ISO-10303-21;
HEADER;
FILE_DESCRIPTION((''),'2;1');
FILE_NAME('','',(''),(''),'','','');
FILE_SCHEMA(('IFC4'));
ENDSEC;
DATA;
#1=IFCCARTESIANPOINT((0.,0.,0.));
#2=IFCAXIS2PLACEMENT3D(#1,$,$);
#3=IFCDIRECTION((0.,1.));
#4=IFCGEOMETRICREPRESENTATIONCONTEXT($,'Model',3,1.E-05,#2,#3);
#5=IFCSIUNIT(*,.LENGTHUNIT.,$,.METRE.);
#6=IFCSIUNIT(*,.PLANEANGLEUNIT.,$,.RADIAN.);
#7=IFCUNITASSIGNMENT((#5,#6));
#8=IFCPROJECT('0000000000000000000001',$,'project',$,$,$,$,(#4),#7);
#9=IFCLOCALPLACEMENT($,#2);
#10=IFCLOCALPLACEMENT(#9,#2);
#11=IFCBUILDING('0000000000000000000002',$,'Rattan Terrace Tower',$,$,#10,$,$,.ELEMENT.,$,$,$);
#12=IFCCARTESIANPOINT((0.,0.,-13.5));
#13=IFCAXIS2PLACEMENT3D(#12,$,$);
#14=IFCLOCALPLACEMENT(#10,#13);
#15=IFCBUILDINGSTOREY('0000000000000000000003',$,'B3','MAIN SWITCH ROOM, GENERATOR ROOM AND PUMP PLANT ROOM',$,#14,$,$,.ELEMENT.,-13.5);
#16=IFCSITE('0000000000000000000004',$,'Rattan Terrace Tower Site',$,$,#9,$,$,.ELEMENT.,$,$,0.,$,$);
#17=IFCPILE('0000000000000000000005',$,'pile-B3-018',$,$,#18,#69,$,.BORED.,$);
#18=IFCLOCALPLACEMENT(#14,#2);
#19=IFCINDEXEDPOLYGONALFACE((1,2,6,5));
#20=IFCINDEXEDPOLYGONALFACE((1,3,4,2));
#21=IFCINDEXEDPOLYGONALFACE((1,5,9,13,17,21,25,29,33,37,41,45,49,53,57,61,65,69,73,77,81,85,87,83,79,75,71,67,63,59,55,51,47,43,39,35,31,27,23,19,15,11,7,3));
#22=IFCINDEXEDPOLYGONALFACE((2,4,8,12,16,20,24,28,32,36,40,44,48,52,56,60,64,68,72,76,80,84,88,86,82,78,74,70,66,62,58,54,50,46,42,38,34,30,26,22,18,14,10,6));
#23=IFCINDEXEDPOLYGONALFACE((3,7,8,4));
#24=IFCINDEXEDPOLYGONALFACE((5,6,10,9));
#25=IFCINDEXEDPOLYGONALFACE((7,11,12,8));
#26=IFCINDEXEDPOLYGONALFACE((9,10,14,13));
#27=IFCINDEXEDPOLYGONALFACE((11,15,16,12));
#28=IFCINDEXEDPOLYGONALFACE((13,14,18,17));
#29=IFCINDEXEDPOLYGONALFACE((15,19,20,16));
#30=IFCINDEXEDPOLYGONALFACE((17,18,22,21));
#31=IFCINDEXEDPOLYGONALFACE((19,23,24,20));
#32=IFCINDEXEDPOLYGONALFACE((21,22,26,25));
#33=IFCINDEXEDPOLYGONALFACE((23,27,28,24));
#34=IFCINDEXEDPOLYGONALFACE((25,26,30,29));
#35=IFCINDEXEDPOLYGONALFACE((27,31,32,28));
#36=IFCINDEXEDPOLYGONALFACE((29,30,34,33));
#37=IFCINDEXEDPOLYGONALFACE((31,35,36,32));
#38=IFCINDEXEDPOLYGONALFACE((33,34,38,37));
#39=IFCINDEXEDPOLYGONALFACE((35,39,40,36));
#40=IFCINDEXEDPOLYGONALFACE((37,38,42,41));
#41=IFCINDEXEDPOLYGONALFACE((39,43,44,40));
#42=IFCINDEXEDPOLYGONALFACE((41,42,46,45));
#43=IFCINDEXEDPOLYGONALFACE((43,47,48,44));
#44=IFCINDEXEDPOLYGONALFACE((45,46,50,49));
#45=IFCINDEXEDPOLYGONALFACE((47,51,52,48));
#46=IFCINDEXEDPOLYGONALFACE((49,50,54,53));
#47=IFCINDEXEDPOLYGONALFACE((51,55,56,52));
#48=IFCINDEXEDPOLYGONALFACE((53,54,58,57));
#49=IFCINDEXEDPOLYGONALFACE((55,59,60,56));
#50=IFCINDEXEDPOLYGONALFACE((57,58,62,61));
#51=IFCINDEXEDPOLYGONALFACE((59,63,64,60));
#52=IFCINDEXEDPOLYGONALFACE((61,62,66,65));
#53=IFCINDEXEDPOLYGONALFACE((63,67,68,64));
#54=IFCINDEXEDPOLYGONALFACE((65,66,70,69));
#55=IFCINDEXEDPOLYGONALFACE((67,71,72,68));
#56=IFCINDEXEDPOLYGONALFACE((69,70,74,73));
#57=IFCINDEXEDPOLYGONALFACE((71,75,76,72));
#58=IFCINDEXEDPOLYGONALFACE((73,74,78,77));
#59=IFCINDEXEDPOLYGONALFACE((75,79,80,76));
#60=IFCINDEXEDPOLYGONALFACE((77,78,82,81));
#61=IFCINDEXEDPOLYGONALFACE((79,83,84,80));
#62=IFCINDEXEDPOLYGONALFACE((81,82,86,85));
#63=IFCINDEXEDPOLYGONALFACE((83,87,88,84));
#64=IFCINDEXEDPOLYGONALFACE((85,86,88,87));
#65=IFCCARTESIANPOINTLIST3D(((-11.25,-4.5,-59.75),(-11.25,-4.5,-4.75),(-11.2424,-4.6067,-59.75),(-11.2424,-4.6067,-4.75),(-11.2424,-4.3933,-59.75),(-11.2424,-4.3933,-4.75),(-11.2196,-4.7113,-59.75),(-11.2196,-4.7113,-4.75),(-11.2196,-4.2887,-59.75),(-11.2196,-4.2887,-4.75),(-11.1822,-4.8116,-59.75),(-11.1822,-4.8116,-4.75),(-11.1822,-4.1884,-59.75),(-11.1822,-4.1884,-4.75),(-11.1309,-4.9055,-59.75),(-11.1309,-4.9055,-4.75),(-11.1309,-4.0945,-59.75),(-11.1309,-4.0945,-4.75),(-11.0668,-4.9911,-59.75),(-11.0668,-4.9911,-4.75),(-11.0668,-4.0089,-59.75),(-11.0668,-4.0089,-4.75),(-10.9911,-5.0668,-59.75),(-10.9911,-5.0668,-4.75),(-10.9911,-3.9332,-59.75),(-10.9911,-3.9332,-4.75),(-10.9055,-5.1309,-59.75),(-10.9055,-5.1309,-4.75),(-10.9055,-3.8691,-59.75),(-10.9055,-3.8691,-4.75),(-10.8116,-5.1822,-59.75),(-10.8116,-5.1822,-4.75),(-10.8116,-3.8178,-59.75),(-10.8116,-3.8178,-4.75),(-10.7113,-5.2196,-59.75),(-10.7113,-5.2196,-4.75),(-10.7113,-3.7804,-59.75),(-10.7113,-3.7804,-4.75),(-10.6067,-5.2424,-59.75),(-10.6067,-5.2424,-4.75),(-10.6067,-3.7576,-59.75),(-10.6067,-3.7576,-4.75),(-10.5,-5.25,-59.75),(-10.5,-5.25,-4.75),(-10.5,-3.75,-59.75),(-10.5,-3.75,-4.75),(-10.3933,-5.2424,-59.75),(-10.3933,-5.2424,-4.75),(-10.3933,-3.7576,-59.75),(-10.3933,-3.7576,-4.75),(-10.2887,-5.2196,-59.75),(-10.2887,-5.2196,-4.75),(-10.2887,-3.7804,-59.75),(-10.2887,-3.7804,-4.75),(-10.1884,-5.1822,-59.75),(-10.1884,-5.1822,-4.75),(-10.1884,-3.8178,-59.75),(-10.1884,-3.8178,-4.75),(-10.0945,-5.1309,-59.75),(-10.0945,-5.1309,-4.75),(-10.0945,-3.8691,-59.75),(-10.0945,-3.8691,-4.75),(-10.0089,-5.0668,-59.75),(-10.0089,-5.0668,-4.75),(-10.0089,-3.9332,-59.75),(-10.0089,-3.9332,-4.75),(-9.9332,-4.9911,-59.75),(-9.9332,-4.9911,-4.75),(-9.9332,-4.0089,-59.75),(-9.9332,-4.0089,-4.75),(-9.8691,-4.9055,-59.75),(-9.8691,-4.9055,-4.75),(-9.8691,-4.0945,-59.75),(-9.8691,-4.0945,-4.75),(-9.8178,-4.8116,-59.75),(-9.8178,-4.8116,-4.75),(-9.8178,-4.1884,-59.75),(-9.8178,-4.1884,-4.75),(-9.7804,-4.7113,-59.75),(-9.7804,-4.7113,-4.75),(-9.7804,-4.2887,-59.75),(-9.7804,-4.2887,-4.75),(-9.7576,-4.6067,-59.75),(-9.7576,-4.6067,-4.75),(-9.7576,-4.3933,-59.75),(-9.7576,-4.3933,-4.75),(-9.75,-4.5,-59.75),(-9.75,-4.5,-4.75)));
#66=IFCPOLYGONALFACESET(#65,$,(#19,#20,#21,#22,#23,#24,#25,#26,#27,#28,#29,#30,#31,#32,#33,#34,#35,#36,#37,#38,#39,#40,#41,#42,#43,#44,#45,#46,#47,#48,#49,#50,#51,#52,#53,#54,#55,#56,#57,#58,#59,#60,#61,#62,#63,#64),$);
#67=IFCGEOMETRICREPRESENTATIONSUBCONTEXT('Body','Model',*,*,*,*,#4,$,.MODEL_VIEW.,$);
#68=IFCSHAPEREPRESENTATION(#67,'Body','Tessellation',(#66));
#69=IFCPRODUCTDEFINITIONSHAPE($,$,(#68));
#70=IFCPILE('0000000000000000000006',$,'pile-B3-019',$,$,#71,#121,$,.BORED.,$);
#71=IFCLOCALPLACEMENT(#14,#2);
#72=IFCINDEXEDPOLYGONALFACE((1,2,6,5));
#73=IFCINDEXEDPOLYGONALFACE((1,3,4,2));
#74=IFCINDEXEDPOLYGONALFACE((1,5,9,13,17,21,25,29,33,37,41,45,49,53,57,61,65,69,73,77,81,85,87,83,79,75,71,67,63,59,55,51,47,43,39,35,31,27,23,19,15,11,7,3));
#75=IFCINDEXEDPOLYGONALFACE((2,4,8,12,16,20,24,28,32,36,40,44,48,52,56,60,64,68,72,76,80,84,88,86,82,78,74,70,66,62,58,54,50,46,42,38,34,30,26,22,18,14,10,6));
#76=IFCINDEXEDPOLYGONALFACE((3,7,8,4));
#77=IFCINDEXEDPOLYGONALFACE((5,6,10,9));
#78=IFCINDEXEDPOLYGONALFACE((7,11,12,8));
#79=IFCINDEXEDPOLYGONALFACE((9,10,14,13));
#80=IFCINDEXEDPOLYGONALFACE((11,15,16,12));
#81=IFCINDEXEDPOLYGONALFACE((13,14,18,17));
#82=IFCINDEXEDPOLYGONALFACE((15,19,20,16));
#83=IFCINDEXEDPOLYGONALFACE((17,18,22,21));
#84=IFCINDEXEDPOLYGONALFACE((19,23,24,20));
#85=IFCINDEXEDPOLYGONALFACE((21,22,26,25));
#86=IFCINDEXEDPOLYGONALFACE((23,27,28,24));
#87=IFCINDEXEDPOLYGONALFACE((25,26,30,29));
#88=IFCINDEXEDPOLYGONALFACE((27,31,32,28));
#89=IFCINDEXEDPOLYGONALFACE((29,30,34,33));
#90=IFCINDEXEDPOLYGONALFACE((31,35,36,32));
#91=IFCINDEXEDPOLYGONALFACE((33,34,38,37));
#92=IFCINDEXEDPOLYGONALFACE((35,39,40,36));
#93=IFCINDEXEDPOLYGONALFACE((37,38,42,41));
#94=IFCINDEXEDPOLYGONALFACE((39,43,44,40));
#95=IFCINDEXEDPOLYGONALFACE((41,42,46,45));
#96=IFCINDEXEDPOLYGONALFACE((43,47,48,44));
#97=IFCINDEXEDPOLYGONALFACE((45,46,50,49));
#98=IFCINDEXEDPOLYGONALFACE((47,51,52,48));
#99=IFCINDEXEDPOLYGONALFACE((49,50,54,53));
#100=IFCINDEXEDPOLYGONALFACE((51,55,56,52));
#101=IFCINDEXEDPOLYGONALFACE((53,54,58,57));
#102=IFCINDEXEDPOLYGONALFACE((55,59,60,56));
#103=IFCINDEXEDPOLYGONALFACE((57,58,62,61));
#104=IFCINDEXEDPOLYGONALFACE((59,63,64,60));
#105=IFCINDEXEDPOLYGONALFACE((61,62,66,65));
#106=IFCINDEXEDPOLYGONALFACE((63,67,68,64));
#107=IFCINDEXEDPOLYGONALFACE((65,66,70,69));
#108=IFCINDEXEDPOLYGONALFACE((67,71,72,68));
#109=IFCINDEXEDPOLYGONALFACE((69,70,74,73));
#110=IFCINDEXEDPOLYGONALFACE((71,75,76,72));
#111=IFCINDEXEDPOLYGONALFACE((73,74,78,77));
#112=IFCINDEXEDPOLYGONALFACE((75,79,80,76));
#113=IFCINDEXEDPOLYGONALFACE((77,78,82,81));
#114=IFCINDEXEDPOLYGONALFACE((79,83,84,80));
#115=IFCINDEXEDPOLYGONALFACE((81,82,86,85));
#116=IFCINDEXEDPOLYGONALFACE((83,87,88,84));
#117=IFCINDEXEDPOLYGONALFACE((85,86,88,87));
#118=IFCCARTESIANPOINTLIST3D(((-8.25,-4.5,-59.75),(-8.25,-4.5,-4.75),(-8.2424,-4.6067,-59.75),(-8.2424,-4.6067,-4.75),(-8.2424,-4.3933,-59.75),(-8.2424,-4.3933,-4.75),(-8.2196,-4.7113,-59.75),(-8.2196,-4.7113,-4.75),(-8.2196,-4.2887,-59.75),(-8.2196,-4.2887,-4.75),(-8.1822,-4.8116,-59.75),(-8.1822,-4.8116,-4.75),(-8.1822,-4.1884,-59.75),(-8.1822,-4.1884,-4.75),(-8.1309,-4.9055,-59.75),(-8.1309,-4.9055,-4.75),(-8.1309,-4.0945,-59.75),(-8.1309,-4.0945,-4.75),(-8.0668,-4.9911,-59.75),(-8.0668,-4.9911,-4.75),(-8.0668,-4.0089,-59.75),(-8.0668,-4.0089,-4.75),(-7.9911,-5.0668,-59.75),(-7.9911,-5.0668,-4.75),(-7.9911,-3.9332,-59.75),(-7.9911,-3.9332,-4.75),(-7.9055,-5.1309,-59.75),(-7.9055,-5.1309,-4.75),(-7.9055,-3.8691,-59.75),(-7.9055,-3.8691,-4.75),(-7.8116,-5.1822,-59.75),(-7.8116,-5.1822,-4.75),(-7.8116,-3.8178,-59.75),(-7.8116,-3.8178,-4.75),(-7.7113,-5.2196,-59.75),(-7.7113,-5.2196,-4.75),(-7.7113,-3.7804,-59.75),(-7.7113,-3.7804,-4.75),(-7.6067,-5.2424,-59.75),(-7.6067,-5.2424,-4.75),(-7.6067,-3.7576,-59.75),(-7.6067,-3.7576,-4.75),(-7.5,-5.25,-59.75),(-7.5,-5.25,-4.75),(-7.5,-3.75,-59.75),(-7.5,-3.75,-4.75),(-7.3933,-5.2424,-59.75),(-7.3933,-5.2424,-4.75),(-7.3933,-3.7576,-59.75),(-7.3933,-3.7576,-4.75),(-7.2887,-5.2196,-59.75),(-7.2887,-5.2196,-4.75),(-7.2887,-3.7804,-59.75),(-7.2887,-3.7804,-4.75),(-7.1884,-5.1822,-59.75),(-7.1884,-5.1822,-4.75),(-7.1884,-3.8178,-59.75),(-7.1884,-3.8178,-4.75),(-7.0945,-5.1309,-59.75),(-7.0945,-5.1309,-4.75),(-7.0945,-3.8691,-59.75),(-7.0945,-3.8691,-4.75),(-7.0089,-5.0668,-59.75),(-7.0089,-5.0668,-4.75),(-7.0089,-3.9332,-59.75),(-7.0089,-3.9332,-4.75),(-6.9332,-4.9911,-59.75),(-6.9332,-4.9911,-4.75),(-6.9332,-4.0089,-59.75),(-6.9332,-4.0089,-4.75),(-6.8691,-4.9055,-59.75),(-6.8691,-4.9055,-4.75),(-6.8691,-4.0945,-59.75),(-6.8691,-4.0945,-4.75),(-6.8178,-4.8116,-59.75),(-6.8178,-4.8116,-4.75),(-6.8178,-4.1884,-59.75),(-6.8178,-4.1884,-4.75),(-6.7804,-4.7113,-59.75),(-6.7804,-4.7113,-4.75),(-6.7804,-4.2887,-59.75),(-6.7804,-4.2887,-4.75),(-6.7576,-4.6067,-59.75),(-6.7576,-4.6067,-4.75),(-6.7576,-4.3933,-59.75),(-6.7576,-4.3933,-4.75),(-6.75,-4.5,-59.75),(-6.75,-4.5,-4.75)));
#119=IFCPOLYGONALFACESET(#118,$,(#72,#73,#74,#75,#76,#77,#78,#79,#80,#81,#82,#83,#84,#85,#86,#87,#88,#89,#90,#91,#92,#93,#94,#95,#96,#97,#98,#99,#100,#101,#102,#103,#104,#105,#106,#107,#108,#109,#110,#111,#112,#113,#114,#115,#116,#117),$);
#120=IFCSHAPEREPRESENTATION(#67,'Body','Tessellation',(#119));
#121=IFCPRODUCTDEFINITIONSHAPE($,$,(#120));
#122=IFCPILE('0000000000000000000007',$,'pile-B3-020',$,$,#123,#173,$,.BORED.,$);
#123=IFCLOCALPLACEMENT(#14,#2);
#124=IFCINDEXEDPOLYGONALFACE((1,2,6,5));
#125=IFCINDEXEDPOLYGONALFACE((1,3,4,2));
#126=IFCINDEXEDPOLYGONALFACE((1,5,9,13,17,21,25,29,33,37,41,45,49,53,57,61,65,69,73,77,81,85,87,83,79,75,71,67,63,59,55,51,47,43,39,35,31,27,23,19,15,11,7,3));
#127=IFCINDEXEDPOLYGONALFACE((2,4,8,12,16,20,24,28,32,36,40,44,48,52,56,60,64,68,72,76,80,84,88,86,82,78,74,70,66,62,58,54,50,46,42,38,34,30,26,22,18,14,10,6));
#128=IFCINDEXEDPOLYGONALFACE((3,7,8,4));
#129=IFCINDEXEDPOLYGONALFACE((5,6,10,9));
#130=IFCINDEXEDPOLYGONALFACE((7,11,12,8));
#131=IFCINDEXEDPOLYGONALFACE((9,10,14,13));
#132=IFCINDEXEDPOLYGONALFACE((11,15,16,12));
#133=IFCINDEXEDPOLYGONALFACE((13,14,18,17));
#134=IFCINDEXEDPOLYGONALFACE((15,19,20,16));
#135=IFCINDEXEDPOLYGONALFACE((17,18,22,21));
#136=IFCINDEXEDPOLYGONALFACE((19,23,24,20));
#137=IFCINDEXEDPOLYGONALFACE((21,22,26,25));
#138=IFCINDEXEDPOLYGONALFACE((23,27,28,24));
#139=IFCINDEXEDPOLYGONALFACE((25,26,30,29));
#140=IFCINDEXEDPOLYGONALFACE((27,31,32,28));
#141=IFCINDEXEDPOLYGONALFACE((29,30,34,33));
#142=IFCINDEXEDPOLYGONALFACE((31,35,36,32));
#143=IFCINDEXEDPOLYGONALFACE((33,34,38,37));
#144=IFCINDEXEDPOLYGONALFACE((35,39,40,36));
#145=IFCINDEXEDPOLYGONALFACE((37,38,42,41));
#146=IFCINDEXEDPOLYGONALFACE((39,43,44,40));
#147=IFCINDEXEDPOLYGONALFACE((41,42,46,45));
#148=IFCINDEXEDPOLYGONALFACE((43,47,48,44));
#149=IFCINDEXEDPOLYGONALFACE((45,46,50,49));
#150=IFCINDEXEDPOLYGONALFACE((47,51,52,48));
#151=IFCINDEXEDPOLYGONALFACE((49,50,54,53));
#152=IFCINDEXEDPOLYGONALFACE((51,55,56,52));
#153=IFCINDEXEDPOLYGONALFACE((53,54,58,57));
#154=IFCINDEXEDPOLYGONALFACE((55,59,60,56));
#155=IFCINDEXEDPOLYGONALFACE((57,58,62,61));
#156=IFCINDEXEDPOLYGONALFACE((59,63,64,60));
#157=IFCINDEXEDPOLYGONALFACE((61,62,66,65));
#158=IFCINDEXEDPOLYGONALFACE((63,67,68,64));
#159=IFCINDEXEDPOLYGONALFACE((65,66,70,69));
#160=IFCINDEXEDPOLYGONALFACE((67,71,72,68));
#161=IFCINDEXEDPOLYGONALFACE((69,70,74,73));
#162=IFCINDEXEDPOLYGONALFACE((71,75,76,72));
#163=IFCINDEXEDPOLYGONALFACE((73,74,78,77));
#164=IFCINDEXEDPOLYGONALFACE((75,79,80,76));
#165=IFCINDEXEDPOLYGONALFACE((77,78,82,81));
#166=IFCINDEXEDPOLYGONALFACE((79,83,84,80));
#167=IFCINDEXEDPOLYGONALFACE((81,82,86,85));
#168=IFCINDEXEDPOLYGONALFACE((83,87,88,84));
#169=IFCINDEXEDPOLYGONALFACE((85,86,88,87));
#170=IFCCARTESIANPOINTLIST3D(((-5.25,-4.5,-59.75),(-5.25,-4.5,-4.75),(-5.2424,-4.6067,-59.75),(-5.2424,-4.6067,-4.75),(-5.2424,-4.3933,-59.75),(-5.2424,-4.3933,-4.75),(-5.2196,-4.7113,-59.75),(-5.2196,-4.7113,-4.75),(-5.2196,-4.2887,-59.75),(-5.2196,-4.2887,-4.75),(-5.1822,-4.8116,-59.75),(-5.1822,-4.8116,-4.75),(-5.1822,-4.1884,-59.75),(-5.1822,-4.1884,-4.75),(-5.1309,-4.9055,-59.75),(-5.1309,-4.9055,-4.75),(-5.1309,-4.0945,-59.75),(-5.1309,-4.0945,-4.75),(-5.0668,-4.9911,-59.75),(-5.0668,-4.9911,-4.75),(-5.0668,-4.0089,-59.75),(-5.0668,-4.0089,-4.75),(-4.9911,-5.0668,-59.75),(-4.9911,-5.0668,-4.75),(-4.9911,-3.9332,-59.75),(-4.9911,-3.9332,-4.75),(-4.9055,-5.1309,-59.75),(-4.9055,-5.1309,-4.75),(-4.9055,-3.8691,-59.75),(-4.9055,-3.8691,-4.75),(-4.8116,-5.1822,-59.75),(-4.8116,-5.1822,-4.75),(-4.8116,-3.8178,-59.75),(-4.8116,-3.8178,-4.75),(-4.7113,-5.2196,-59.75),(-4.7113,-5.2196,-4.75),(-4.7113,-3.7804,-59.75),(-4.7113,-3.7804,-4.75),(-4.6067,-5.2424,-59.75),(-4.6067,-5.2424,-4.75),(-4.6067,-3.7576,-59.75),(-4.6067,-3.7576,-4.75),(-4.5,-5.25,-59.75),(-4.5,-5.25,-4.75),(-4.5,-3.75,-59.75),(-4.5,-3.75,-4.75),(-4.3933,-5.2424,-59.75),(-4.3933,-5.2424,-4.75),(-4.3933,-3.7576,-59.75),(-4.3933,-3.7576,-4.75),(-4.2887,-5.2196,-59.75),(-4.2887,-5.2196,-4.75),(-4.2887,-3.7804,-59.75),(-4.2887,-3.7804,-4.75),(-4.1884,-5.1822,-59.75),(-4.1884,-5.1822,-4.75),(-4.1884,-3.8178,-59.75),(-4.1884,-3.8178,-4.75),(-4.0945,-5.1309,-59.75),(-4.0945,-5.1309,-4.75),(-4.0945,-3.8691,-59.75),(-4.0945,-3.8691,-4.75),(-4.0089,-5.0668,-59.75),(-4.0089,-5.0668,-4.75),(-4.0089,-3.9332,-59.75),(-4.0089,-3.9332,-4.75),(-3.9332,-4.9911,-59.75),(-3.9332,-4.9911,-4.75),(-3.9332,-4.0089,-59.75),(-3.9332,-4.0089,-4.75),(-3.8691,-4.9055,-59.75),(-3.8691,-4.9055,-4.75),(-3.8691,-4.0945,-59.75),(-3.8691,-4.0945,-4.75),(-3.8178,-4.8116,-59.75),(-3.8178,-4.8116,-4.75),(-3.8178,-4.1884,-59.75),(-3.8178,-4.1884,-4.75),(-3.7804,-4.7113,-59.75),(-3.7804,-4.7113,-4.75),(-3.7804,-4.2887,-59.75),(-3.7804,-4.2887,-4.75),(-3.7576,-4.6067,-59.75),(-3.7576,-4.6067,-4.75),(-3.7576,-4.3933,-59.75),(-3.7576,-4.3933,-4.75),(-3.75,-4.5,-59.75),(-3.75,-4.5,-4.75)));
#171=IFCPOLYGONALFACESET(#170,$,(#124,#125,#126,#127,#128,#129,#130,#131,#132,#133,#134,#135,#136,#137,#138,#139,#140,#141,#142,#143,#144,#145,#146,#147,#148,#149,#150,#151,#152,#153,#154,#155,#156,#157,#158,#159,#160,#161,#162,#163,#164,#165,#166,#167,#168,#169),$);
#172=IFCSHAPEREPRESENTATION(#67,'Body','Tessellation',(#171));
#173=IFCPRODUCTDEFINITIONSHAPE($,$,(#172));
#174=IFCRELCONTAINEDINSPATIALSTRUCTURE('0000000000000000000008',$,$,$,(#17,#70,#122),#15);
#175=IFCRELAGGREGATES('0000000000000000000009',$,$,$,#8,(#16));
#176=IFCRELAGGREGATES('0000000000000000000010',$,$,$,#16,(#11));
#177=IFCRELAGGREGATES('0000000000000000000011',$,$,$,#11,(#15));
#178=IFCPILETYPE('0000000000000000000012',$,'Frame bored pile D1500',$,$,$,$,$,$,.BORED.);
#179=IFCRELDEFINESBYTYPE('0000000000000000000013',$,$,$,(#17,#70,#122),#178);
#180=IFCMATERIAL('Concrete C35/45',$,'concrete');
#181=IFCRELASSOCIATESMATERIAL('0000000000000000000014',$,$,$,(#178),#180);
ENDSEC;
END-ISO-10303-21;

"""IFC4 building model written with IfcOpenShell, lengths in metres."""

from ifc_helpers import new_model, si_unit, direction, frame, origin, origin_2d, place, context, subcontext, project, spatial, circle, extrude, material, material_profile, profile_set, type_object, element, save


model = new_model("IFC4")

# Units and contexts
model_context = context("Model", 3, precision=1e-05, world=origin(), true_north=direction((0.0, 1.0)))
body_context = subcontext(model_context, "Body", "Model", "MODEL_VIEW")
ifc_project = project(units=[si_unit("LENGTHUNIT", "METRE"), si_unit("PLANEANGLEUNIT", "RADIAN")], contexts=[model_context])

# Site, building, storey
site_placement = place(None, origin())
site = spatial("IfcSite", under=ifc_project, at=site_placement, Name="Rattan Terrace Tower Site", CompositionType="ELEMENT", RefElevation=0.0)
building_placement = place(site_placement, origin())
building = spatial("IfcBuilding", under=site, at=building_placement, Name="Rattan Terrace Tower", CompositionType="ELEMENT")
storey_placement = place(building_placement, frame((0.0, 0.0, -13.5)))
storey = spatial("IfcBuildingStorey", under=building, at=storey_placement, Name="B3", Description="MAIN SWITCH ROOM, GENERATOR ROOM AND PUMP PLANT ROOM", CompositionType="ELEMENT", Elevation=-13.5)

# Piles
ifc_material_1 = material(Name="Concrete C35/45", Category="concrete")
ifc_material_profile = material_profile(ifc_material_1, circle(Radius=0.75, at=origin_2d()), Name="PILE D1500")
ifc_profile_set = profile_set([ifc_material_profile], Name="Concrete C35/45")
pile_type = type_object("IfcPileType", Name="Frame bored pile D1500", PredefinedType="BORED", material=ifc_profile_set)
for number, where, z_axis, x_axis, name in (
    (1, (-10.5, -4.5, -4.75), (0.0, 0.0, -1.0), (1.0, 0.0, 0.0), "pile-B3-018"),
    (2, (-7.5, -4.5, -4.75), (0.0, 0.0, -1.0), (1.0, 0.0, 0.0), "pile-B3-019"),
    (3, (-4.5, -4.5, -4.75), (0.0, 0.0, -1.0), (1.0, 0.0, 0.0), "pile-B3-020"),
):
    element("IfcPile", number, at=place(storey_placement, frame(where, z_axis=z_axis, x_axis=x_axis)), inside=storey, type_object=pile_type, Name=name, PredefinedType="BORED", context=body_context, shape_type="SweptSolid", body=[
        extrude(circle(Radius=0.75, at=origin_2d()), origin(), (0.0, 0.0, 1.0), 55.0),
    ])

save(model, "model.ifc")
